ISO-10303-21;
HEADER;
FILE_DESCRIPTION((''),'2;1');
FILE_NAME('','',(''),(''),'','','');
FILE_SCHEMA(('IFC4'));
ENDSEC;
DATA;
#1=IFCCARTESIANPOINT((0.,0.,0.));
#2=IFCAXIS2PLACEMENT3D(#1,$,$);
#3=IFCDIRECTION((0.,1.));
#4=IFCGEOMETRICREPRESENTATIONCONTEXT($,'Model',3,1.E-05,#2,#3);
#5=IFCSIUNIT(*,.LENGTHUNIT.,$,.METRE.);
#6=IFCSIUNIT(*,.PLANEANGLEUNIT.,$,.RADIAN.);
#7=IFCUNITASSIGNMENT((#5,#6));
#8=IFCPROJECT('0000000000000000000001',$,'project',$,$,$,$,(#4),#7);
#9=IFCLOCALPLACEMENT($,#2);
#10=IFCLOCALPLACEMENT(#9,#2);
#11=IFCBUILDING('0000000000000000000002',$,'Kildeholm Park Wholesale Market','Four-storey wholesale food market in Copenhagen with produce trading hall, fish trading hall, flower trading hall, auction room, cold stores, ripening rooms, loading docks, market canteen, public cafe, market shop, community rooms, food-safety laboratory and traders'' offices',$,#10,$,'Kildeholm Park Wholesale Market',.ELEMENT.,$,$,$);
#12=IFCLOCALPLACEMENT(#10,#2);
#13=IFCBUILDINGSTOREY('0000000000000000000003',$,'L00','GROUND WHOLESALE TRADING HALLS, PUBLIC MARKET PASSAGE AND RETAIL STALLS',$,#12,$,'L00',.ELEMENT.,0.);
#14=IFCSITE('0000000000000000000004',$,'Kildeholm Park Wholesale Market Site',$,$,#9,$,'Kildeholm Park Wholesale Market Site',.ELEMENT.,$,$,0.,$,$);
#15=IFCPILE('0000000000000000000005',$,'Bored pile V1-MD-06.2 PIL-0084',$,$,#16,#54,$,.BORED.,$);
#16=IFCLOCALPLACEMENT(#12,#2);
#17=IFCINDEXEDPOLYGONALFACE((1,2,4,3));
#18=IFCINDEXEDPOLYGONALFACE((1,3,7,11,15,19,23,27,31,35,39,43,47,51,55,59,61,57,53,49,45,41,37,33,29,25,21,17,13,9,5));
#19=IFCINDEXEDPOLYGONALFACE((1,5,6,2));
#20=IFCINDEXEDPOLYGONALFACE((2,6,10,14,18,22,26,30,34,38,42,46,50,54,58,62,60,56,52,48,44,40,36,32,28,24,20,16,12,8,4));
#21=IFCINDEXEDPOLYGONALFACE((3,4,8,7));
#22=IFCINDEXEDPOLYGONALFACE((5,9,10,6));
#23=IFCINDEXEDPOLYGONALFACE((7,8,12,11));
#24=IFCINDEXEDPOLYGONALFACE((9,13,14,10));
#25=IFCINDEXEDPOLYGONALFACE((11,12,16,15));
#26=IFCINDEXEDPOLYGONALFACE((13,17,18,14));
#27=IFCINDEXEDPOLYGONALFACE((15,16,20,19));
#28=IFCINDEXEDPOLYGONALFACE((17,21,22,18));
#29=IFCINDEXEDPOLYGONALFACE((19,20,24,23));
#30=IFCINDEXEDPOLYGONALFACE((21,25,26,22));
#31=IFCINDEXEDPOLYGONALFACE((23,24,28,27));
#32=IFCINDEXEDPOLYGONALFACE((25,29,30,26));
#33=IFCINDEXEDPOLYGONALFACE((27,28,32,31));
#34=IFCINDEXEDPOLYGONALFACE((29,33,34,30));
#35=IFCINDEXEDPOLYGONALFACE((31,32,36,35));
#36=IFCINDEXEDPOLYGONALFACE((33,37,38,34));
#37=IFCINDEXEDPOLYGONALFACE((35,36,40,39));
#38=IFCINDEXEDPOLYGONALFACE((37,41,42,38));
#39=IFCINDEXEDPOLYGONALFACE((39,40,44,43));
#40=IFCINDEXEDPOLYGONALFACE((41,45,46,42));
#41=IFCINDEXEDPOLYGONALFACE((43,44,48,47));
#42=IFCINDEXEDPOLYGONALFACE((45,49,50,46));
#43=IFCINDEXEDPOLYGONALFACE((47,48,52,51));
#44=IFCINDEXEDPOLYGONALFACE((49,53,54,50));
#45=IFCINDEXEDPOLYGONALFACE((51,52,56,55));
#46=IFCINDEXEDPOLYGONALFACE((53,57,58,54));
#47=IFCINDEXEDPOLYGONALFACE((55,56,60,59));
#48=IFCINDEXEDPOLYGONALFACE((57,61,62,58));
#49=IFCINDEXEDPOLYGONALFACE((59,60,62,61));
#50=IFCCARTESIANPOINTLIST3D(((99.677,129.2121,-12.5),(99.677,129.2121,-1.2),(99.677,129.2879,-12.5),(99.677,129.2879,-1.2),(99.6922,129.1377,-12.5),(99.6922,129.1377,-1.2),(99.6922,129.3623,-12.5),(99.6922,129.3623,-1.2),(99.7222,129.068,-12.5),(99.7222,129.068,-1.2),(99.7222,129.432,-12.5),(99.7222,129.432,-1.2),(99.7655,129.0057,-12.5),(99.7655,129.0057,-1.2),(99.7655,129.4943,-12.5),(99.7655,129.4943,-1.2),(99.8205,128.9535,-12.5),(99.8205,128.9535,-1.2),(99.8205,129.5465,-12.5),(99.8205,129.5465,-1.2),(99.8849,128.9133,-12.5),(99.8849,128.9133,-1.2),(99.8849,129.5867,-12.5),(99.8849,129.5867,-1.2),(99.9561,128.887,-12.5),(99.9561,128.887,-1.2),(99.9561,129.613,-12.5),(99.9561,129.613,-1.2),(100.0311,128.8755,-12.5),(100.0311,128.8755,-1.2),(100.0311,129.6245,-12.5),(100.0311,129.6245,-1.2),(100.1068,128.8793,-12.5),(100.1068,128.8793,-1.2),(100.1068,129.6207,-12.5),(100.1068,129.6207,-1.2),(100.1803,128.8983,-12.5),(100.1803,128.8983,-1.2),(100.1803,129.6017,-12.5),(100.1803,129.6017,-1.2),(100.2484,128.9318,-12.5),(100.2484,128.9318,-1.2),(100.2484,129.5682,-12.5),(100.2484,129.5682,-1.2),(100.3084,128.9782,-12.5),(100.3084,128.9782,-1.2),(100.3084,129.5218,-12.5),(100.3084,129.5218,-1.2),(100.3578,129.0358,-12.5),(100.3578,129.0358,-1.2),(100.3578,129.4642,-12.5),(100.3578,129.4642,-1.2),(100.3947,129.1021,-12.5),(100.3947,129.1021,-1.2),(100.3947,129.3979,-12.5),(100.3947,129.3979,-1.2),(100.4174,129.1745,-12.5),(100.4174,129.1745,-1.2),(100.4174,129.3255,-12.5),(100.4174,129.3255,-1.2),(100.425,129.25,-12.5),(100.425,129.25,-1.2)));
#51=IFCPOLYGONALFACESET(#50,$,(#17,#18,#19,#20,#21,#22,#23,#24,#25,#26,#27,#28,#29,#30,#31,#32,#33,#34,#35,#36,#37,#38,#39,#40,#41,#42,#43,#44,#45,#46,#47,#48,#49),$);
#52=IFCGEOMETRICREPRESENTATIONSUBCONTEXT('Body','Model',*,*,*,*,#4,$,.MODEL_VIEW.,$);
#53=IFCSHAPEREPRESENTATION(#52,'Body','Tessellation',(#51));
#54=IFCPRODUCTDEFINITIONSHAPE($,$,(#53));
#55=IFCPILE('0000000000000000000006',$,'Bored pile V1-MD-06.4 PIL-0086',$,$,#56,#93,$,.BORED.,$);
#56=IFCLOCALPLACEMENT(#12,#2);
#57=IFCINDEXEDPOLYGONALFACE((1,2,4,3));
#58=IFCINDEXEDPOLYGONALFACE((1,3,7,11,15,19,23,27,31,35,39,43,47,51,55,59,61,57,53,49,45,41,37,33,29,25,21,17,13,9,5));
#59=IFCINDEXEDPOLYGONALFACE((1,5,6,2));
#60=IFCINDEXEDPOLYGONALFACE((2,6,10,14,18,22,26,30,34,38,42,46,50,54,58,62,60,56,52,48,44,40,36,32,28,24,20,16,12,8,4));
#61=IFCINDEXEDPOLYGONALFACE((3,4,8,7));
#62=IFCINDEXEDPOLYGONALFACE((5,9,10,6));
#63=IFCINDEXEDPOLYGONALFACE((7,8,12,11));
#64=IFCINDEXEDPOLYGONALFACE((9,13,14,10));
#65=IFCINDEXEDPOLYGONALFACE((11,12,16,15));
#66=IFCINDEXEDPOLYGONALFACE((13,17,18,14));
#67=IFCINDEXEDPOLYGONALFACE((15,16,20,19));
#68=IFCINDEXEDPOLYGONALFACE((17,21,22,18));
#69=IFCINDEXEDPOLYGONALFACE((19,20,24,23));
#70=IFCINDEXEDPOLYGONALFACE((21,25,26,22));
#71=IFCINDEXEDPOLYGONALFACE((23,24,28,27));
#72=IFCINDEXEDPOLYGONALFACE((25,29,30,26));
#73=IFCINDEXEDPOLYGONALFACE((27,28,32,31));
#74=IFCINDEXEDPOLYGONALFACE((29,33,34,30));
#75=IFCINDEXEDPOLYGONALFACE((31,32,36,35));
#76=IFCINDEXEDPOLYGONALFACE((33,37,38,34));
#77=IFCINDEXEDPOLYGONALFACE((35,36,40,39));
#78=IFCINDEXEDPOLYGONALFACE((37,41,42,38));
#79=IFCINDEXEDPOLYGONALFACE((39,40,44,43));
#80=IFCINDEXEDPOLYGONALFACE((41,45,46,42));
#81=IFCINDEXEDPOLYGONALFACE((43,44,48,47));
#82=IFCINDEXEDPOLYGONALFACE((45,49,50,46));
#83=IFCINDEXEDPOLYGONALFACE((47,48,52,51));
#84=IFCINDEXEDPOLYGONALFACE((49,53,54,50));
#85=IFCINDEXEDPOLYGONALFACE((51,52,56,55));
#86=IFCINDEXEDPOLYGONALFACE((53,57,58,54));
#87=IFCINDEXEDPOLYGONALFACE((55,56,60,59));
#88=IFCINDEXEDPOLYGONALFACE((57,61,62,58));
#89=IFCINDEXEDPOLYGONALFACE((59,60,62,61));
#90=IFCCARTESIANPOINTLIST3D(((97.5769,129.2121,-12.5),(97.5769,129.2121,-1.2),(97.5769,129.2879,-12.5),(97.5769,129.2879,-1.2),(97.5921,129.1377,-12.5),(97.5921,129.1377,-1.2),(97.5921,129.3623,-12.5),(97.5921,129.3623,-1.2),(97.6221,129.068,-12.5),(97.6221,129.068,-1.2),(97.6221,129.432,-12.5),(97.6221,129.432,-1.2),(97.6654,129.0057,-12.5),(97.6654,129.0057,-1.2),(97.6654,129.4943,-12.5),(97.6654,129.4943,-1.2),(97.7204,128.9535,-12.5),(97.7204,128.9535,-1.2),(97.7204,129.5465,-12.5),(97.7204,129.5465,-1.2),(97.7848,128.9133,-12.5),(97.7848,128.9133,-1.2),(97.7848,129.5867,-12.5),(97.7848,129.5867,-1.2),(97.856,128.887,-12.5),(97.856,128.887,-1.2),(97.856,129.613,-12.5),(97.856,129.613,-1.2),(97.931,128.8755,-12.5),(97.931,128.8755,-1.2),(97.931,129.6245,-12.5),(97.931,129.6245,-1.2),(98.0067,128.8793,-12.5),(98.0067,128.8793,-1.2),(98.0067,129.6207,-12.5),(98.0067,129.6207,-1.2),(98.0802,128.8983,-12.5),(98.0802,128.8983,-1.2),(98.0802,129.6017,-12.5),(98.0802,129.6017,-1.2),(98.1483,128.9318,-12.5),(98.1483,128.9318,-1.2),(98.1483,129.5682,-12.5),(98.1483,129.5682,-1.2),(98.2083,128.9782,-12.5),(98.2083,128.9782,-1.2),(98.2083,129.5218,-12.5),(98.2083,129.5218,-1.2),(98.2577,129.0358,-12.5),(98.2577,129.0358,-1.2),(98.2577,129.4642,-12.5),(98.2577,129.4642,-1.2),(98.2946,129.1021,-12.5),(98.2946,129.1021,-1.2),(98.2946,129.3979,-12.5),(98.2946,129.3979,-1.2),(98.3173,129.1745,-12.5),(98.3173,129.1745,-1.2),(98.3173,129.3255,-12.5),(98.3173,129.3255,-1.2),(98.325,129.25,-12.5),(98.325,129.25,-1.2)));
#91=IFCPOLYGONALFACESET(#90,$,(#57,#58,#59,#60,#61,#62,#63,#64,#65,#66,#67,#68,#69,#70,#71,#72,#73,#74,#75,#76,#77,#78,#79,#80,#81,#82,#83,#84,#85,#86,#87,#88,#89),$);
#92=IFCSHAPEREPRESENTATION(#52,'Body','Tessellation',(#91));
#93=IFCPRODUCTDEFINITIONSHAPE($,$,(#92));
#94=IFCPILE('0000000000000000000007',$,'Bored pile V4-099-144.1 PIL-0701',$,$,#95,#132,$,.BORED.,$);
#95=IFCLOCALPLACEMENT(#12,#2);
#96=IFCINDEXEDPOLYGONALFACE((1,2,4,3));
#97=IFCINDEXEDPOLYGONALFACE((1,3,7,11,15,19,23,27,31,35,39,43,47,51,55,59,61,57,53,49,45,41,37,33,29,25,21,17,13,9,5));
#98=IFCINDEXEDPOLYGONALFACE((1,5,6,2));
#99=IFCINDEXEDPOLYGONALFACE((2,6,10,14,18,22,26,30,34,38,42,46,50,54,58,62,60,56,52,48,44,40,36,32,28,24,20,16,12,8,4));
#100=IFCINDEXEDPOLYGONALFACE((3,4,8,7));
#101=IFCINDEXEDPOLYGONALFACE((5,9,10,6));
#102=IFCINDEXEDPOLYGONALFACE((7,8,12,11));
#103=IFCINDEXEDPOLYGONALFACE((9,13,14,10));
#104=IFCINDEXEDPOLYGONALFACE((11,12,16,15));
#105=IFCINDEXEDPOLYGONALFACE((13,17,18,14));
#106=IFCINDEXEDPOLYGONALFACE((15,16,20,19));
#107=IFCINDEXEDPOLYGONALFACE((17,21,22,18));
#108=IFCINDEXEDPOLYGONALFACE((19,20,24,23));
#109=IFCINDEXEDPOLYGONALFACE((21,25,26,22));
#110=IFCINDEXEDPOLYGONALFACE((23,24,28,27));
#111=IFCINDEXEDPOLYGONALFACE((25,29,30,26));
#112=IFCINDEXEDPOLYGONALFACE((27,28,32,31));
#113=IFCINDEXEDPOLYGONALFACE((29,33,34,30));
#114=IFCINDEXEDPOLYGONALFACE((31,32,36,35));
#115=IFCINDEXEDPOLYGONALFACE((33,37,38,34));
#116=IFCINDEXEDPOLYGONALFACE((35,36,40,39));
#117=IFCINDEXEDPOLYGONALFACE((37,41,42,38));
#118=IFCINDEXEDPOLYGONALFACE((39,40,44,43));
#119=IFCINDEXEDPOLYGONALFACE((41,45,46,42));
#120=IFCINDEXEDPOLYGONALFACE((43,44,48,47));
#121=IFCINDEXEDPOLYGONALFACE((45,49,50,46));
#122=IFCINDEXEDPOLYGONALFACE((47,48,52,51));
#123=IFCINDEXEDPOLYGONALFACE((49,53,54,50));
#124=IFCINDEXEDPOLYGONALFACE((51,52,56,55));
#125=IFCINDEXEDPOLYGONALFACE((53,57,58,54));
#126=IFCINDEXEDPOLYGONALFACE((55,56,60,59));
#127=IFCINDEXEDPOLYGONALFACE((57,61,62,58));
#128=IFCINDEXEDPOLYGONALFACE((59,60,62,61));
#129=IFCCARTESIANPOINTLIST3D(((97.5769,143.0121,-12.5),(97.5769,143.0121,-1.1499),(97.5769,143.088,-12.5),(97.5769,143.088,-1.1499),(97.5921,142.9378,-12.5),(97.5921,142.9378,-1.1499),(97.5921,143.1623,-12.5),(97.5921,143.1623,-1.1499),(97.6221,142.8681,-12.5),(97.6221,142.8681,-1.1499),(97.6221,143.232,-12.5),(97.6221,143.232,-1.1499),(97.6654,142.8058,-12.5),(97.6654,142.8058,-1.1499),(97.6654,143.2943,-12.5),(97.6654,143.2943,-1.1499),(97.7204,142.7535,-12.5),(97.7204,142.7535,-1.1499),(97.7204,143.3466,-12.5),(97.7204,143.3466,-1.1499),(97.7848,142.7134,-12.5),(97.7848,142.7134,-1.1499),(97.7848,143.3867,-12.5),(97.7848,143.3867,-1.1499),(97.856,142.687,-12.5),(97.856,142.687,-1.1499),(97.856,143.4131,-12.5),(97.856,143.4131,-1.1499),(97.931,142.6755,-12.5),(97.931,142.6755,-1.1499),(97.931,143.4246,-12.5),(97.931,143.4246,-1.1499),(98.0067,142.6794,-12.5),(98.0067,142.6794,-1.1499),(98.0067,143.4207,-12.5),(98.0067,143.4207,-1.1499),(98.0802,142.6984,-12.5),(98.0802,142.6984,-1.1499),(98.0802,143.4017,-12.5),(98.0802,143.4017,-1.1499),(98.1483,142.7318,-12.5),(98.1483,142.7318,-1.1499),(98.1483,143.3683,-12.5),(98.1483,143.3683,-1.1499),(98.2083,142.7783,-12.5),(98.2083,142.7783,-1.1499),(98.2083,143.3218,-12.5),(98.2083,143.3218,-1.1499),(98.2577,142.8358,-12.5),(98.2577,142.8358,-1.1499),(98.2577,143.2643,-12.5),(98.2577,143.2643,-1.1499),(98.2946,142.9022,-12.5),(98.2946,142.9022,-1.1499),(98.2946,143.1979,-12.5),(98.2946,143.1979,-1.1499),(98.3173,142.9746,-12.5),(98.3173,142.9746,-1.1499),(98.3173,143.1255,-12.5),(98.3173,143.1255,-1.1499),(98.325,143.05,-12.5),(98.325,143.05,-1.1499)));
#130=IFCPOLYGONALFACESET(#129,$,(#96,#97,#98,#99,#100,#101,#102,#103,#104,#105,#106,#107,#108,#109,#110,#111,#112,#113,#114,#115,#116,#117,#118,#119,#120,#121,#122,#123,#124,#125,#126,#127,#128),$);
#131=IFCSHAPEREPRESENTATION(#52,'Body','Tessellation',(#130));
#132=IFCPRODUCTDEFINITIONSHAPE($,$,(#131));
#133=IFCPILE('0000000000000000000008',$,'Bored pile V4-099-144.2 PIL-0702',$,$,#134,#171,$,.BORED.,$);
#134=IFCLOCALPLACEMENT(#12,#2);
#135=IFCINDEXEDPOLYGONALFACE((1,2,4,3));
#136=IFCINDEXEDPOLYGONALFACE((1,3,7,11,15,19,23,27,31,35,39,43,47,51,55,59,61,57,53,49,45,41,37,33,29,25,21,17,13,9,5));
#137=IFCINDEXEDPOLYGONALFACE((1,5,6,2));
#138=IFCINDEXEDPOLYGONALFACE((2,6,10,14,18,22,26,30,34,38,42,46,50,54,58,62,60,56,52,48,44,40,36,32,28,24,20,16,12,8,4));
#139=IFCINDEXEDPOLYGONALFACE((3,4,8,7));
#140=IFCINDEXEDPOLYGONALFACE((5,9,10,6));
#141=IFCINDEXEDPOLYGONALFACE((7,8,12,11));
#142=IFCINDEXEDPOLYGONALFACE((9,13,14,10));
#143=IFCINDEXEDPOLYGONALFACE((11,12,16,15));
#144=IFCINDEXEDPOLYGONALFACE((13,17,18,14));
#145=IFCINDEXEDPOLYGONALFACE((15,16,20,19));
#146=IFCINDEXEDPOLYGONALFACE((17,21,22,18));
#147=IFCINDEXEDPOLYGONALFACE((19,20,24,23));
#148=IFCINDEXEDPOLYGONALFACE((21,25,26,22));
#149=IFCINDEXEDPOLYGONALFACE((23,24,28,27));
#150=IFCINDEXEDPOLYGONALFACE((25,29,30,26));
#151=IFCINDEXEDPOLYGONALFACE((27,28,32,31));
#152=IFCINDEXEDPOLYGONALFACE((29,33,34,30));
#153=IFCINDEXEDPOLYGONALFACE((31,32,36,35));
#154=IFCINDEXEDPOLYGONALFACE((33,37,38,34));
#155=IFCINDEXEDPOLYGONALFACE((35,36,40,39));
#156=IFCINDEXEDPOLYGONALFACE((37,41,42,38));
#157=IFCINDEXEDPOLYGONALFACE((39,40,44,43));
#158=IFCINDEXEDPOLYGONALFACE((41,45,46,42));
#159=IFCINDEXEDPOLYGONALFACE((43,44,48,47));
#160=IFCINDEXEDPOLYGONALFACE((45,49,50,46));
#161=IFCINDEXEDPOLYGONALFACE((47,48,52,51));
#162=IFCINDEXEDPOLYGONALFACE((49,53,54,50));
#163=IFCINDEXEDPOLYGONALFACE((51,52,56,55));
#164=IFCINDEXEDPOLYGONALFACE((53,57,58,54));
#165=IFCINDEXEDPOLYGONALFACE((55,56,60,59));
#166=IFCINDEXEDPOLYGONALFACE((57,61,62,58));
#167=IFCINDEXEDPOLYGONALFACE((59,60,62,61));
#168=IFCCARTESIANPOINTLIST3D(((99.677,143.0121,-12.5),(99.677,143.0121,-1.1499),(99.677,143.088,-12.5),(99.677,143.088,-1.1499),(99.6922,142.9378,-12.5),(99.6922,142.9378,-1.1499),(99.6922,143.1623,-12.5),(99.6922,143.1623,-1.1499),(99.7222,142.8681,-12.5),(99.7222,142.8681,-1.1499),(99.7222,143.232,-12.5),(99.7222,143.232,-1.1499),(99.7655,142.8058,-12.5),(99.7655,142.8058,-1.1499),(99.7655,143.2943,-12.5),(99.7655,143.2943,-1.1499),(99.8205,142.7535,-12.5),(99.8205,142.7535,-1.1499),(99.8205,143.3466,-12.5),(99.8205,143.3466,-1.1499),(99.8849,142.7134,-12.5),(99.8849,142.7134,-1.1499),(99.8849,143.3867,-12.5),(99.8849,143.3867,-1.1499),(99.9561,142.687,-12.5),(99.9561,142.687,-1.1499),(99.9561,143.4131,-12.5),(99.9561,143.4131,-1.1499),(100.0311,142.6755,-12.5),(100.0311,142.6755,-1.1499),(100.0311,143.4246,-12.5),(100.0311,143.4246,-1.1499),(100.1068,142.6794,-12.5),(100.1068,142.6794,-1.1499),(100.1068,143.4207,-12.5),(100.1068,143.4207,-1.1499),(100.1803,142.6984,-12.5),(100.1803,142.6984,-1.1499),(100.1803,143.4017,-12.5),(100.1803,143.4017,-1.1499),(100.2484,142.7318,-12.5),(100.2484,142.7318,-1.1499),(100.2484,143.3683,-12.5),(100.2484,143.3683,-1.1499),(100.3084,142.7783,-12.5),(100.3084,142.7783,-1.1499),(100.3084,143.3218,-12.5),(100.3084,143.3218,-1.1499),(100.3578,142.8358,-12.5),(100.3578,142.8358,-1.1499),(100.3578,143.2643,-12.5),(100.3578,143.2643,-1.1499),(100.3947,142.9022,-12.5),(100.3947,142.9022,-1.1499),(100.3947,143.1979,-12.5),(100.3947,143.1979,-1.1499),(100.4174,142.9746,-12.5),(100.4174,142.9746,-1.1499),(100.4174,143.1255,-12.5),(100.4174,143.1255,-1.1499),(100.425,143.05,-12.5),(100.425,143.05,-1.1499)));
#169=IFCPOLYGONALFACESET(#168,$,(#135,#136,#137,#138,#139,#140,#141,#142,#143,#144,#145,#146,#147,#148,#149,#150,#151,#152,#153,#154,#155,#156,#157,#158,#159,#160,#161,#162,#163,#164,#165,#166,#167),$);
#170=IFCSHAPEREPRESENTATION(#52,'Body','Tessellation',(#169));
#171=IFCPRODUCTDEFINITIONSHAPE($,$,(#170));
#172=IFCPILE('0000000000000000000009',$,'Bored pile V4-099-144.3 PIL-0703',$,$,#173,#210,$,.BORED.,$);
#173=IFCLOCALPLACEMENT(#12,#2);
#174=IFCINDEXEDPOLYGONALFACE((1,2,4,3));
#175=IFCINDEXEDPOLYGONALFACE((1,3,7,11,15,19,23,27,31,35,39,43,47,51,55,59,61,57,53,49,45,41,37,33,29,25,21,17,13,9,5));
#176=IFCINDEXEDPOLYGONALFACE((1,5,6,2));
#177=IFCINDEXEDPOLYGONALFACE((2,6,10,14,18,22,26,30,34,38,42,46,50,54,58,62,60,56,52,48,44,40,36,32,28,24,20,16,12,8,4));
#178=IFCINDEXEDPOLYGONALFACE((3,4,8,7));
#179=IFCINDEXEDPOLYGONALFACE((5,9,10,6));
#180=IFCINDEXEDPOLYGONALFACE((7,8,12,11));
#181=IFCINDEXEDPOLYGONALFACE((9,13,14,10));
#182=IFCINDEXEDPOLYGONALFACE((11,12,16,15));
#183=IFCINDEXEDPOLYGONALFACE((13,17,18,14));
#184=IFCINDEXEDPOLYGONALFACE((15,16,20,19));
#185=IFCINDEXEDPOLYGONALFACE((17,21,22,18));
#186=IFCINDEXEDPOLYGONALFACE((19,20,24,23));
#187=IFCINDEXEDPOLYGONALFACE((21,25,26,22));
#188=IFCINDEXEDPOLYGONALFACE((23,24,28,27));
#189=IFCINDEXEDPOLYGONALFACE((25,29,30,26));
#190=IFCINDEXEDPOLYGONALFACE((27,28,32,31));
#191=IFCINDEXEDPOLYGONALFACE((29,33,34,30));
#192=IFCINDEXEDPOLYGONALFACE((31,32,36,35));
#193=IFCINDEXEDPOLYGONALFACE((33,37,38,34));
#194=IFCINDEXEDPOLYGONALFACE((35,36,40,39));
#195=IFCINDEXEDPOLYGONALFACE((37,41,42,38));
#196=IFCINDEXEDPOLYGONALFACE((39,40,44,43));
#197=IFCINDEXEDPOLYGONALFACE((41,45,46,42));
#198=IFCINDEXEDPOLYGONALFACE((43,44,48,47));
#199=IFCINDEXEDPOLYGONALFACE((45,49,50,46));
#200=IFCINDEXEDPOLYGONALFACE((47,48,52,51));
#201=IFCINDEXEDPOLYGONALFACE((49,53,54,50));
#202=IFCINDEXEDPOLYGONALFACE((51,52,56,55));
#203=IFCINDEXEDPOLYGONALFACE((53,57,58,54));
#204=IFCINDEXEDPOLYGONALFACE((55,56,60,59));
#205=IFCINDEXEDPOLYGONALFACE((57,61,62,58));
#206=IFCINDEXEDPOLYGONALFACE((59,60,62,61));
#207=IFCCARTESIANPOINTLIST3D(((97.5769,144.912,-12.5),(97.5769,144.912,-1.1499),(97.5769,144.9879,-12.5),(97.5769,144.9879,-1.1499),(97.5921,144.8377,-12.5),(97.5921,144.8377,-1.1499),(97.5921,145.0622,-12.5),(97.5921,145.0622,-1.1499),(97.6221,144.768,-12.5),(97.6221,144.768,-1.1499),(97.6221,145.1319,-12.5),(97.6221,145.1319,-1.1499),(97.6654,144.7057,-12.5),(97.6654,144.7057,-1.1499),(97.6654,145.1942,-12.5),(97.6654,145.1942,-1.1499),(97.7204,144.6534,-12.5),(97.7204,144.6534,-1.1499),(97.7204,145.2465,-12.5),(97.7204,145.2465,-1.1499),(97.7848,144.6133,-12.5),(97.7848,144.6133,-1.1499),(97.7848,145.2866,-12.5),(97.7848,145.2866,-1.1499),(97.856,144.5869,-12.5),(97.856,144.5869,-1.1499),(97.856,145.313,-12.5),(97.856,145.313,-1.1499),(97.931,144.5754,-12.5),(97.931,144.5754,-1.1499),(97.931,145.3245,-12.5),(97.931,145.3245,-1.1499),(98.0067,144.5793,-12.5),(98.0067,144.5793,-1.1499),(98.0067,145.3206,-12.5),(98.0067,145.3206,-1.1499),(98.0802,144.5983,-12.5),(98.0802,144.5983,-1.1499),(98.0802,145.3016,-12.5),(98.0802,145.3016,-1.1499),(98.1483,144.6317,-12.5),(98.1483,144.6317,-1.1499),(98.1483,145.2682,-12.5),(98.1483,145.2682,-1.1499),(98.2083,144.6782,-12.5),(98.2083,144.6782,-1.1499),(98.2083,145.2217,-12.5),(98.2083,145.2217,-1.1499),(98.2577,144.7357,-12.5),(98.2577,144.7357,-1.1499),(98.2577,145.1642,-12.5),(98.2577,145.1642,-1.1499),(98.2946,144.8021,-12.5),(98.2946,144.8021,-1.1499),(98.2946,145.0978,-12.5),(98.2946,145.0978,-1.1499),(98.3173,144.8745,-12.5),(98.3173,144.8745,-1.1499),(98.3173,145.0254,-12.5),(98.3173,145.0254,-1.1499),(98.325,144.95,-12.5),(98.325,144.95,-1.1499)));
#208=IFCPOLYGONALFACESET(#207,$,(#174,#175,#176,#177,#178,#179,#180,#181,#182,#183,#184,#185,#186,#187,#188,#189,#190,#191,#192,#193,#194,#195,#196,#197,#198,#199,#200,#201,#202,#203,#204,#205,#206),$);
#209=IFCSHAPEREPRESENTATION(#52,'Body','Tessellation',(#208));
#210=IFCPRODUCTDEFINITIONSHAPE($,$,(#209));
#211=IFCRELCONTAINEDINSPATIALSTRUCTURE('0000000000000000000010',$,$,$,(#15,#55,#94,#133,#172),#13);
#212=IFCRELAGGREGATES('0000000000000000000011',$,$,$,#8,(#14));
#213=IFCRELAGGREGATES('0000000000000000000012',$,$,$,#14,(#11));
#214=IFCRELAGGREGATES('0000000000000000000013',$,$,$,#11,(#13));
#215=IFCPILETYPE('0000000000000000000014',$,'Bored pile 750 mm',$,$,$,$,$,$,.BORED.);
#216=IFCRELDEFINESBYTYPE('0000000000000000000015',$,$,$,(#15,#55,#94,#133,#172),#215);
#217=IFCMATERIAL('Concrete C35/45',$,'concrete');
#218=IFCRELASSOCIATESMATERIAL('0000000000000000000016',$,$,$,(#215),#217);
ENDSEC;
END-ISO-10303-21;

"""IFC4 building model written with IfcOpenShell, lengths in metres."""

from ifc_helpers import new_model, si_unit, direction, frame, origin, origin_2d, place, context, subcontext, project, spatial, circle, extrude, material, material_profile, profile_set, type_object, element, save


model = new_model("IFC4")

# Units and contexts
model_context = context("Model", 3, precision=1e-05, world=origin(), true_north=direction((0.0, 1.0)))
body_context = subcontext(model_context, "Body", "Model", "MODEL_VIEW")
ifc_project = project(units=[si_unit("LENGTHUNIT", "METRE"), si_unit("PLANEANGLEUNIT", "RADIAN")], contexts=[model_context])

# Site, building, storey
site_placement = place(None, origin())
site = spatial("IfcSite", under=ifc_project, at=site_placement, Name="Kildeholm Park Wholesale Market Site", LongName="Kildeholm Park Wholesale Market Site", CompositionType="ELEMENT", RefElevation=0.0)
building_placement = place(site_placement, origin())
building = spatial("IfcBuilding", under=site, at=building_placement, Name="Kildeholm Park Wholesale Market", Description="Four-storey wholesale food market in Copenhagen with produce trading hall, fish trading hall, flower trading hall, auction room, cold stores, ripening rooms, loading docks, market canteen, public cafe, market shop, community rooms, food-safety laboratory and traders' offices", LongName="Kildeholm Park Wholesale Market", CompositionType="ELEMENT")
storey_placement = place(building_placement, origin())
storey = spatial("IfcBuildingStorey", under=building, at=storey_placement, Name="L00", Description="GROUND WHOLESALE TRADING HALLS, PUBLIC MARKET PASSAGE AND RETAIL STALLS", LongName="L00", CompositionType="ELEMENT", Elevation=0.0)

# Piles
ifc_material_1 = material(Name="Concrete C35/45", Category="concrete")
ifc_material_profile_1 = material_profile(ifc_material_1, circle(Radius=0.375, at=origin_2d()), Name="PILE D750")
ifc_profile_set_1 = profile_set([ifc_material_profile_1], Name="Concrete C35/45")
pile_type_1 = type_object("IfcPileType", Name="Bored pile 750 mm", PredefinedType="BORED", material=ifc_profile_set_1)
for number, where, z_axis, x_axis, name in (
    (1, (100.05, 129.25, -1.2), (0.0, 0.0, -1.0), (1.0, 0.0, 0.0), "Bored pile V1-MD-06.2 PIL-0084"),
    (2, (97.95, 129.25, -1.2), (0.0, 0.0, -1.0), (1.0, 0.0, 0.0), "Bored pile V1-MD-06.4 PIL-0086"),
):
    element("IfcPile", number, at=place(storey_placement, frame(where, z_axis=z_axis, x_axis=x_axis)), inside=storey, type_object=pile_type_1, Name=name, PredefinedType="BORED", context=body_context, shape_type="SweptSolid", body=[
        extrude(circle(Radius=0.375, at=origin_2d()), origin(), (0.0, 0.0, 1.0), 11.3),
    ])
for number, where, z_axis, x_axis, name in (
    (3, (97.95, 143.05, -1.1499), (0.0, 0.0, -1.0), (1.0, 0.0, 0.0), "Bored pile V4-099-144.1 PIL-0701"),
    (4, (100.05, 143.05, -1.1499), (0.0, 0.0, -1.0), (1.0, 0.0, 0.0), "Bored pile V4-099-144.2 PIL-0702"),
    (5, (97.95, 144.95, -1.1499), (0.0, 0.0, -1.0), (1.0, 0.0, 0.0), "Bored pile V4-099-144.3 PIL-0703"),
):
    element("IfcPile", number, at=place(storey_placement, frame(where, z_axis=z_axis, x_axis=x_axis)), inside=storey, type_object=pile_type_1, Name=name, PredefinedType="BORED", context=body_context, shape_type="SweptSolid", body=[
        extrude(circle(Radius=0.375, at=origin_2d()), origin(), (0.0, 0.0, 1.0), 11.3501),
    ])

save(model, "model.ifc")
